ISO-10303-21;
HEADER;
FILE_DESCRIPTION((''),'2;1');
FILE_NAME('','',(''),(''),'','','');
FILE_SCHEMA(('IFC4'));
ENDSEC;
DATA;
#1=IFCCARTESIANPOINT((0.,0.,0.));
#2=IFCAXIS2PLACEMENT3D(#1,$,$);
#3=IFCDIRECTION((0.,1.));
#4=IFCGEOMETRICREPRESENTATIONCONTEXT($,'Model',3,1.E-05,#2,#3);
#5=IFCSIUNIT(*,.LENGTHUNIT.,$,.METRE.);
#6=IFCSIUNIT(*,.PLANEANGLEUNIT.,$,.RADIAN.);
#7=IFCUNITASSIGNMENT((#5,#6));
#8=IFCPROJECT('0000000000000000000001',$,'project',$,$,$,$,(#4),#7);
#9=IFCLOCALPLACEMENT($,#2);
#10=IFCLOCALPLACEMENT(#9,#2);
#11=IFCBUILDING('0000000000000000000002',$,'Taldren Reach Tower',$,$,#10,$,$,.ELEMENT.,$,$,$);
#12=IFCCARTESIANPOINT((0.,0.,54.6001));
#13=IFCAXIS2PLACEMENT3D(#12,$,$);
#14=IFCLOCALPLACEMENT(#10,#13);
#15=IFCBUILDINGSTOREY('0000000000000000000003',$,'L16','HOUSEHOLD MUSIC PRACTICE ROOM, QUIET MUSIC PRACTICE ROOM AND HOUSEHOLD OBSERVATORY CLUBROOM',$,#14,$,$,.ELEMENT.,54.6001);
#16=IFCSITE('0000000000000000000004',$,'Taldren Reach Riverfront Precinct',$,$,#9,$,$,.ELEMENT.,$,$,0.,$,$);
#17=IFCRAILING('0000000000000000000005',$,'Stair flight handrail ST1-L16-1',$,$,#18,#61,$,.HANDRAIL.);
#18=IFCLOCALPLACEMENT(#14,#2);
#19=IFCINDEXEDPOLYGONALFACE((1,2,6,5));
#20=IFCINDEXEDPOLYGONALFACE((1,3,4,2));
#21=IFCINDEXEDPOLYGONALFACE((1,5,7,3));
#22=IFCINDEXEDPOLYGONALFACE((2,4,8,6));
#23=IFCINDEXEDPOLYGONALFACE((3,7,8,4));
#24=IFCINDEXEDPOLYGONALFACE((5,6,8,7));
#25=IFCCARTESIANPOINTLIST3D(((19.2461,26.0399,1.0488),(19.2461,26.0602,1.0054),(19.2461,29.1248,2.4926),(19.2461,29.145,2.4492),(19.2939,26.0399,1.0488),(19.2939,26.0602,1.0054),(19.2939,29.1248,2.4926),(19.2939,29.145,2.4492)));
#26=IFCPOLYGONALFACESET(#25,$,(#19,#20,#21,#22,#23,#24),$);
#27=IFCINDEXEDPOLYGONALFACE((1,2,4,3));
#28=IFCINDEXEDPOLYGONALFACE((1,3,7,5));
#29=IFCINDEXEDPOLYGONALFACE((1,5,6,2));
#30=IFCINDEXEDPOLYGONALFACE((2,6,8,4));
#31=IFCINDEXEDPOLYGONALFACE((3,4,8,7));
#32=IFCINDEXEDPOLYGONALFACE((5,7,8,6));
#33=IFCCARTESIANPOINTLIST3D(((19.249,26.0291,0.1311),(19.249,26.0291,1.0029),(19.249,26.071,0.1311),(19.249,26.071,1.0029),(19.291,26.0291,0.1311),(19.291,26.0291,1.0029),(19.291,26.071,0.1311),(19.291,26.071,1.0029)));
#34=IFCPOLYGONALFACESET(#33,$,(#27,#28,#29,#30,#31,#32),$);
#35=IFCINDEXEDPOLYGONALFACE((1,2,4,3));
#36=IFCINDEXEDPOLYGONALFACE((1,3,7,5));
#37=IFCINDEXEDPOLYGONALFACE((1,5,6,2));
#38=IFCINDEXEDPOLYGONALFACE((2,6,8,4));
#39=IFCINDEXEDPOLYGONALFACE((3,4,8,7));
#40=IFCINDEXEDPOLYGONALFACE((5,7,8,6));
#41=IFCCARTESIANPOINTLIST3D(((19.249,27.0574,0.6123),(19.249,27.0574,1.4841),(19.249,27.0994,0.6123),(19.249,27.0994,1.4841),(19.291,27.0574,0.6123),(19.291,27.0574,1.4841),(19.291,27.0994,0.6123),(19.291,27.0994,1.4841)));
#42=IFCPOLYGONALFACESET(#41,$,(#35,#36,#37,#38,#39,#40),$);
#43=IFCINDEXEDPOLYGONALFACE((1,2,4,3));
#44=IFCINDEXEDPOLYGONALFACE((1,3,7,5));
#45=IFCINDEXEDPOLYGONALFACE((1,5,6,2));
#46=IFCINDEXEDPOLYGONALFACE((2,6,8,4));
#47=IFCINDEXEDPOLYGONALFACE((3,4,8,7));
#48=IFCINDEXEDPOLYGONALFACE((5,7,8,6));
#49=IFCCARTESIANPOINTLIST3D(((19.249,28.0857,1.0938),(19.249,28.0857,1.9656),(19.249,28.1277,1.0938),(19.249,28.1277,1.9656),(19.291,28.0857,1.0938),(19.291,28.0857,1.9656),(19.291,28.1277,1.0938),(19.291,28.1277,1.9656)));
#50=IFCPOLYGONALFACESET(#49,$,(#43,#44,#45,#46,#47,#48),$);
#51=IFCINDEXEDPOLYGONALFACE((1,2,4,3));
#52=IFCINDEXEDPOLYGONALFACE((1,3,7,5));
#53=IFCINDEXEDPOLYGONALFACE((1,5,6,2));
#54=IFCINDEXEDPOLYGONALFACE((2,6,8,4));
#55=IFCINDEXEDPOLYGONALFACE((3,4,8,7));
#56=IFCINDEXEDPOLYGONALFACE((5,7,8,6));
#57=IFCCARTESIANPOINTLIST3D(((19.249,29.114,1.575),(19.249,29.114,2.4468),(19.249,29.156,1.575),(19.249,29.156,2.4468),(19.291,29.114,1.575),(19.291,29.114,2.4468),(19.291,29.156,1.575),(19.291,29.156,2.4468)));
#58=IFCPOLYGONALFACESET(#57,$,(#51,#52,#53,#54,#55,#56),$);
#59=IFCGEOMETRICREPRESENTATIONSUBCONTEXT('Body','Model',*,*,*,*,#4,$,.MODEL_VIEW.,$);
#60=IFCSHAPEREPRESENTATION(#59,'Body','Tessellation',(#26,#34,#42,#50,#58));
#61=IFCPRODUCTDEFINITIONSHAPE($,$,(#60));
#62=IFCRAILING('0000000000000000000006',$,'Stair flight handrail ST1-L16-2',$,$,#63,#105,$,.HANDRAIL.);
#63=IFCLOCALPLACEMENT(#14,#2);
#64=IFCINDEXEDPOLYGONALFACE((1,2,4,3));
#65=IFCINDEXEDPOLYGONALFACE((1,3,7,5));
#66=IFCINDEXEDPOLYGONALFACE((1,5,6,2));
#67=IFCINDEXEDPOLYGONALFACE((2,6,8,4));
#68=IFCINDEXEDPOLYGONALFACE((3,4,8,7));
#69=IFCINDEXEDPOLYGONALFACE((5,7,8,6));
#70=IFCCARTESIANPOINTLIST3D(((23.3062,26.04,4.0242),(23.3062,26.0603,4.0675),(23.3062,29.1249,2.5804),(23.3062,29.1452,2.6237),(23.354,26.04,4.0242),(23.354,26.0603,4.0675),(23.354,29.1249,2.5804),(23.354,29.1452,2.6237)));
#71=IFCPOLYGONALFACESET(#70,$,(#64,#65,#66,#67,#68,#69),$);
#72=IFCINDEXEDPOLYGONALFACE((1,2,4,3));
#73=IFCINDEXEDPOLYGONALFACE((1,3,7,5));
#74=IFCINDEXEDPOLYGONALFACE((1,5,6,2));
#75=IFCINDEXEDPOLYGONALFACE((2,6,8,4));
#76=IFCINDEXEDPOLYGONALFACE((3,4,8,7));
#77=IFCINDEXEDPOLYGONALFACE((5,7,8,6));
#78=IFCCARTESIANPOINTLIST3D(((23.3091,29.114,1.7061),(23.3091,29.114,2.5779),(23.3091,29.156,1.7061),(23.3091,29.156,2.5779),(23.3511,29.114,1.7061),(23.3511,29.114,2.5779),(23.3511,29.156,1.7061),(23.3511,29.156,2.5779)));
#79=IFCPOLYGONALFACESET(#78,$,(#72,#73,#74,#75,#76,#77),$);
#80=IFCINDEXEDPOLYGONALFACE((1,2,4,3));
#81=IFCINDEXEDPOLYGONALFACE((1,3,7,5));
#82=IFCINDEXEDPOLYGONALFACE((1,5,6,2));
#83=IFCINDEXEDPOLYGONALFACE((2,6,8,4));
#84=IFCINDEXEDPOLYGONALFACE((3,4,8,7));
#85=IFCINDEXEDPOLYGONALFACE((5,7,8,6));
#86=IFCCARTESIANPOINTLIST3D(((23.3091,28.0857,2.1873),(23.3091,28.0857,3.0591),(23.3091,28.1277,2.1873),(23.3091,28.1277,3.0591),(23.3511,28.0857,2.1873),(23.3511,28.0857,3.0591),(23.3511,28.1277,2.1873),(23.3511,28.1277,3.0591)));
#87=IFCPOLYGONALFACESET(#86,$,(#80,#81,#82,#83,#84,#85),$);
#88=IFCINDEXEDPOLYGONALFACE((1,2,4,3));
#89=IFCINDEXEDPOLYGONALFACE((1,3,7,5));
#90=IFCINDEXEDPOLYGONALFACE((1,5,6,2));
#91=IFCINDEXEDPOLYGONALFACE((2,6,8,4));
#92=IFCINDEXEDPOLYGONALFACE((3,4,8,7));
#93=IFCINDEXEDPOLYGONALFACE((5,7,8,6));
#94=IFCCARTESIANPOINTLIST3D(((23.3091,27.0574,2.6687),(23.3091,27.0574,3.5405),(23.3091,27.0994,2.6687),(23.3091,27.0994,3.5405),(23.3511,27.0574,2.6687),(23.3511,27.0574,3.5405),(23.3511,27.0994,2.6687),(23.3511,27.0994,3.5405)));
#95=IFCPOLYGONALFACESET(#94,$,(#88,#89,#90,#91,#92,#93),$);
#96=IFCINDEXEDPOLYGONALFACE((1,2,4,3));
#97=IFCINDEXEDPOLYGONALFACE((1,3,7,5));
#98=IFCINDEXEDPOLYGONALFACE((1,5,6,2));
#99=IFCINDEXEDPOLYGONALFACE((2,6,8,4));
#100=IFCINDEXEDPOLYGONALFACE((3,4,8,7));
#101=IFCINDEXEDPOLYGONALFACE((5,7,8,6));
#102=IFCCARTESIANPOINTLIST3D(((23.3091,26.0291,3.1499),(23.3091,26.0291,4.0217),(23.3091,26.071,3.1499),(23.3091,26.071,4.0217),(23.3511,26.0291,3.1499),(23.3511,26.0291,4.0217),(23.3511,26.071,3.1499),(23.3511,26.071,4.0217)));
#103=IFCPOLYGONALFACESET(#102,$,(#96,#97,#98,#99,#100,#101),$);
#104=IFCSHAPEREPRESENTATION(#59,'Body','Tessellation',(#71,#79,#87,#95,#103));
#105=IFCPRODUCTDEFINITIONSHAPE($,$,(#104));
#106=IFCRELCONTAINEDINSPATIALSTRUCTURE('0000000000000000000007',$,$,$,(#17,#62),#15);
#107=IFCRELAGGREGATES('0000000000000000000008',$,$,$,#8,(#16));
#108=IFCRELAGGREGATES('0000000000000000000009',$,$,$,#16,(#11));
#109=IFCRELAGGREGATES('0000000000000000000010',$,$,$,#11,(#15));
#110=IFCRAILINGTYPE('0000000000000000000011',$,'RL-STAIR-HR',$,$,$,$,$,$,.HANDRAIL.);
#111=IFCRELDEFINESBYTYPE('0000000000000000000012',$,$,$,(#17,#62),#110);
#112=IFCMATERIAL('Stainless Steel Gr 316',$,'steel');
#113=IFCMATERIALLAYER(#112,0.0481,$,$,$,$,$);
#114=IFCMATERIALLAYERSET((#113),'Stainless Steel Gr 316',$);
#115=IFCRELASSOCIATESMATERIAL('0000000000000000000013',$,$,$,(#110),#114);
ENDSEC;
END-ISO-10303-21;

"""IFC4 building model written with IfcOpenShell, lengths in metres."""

from ifc_helpers import new_model, si_unit, direction, frame, origin, origin_2d, place, context, subcontext, project, spatial, rectangle, extrude, material, layer, layer_set, type_object, element, save


model = new_model("IFC4")

# Units and contexts
model_context = context("Model", 3, precision=1e-05, world=origin(), true_north=direction((0.0, 1.0)))
body_context = subcontext(model_context, "Body", "Model", "MODEL_VIEW")
ifc_project = project(units=[si_unit("LENGTHUNIT", "METRE"), si_unit("PLANEANGLEUNIT", "RADIAN")], contexts=[model_context])

# Site, building, storey
site_placement = place(None, origin())
site = spatial("IfcSite", under=ifc_project, at=site_placement, Name="Taldren Reach Riverfront Precinct", CompositionType="ELEMENT", RefElevation=0.0)
building_placement = place(site_placement, origin())
building = spatial("IfcBuilding", under=site, at=building_placement, Name="Taldren Reach Tower", CompositionType="ELEMENT")
storey_placement = place(building_placement, frame((0.0, 0.0, 54.6001)))
storey = spatial("IfcBuildingStorey", under=building, at=storey_placement, Name="L16", Description="HOUSEHOLD MUSIC PRACTICE ROOM, QUIET MUSIC PRACTICE ROOM AND HOUSEHOLD OBSERVATORY CLUBROOM", CompositionType="ELEMENT", Elevation=54.6001)

# Railings
ifc_material_1 = material(Name="Stainless Steel Gr 316", Category="steel")
ifc_layer_1 = layer(ifc_material_1, 0.0481)
ifc_layer_set_1 = layer_set([ifc_layer_1], Name="Stainless Steel Gr 316")
railing_type_1 = type_object("IfcRailingType", Name="RL-STAIR-HR", PredefinedType="HANDRAIL", material=ifc_layer_set_1)
railing_1_placement = place(storey_placement, frame((19.27, 26.05, 0.1311)))
element("IfcRailing", 1, at=railing_1_placement, inside=storey, type_object=railing_type_1, Name="Stair flight handrail ST1-L16-1", PredefinedType="HANDRAIL", context=body_context, shape_type="SweptSolid", body=[
    extrude(rectangle(XDim=0.0479, YDim=0.0479, at=origin_2d()), frame((0.0, 0.0, 0.896), z_axis=(0.0, 0.90571, 0.423898), x_axis=(-1.0, 0.0, 0.0)), (0.0, 0.0, 1.0), 3.406),
    extrude(rectangle(XDim=0.042, YDim=0.042, at=origin_2d()), origin(), (0.0, 0.0, 1.0), 0.8718),
    extrude(rectangle(XDim=0.042, YDim=0.042, at=origin_2d()), frame((0.0, 1.0283, 0.4812)), (0.0, 0.0, 1.0), 0.8718),
    extrude(rectangle(XDim=0.042, YDim=0.042, at=origin_2d()), frame((0.0, 2.0566, 0.9626)), (0.0, 0.0, 1.0), 0.8718),
    extrude(rectangle(XDim=0.042, YDim=0.042, at=origin_2d()), frame((0.0, 3.085, 1.4438)), (0.0, 0.0, 1.0), 0.8718),
])
railing_2_placement = place(storey_placement, frame((23.3301, 29.135, 1.7061)))
element("IfcRailing", 2, at=railing_2_placement, inside=storey, type_object=railing_type_1, Name="Stair flight handrail ST1-L16-2", PredefinedType="HANDRAIL", context=body_context, shape_type="SweptSolid", body=[
    extrude(rectangle(XDim=0.0479, YDim=0.0479, at=origin_2d()), frame((0.0, 0.0, 0.896), z_axis=(0.0, -0.90571, 0.423898), x_axis=(1.0, 0.0, 0.0)), (0.0, 0.0, 1.0), 3.406),
    extrude(rectangle(XDim=0.042, YDim=0.042, at=origin_2d()), origin(), (0.0, 0.0, 1.0), 0.8718),
    extrude(rectangle(XDim=0.042, YDim=0.042, at=origin_2d()), frame((0.0, -1.0283, 0.4812)), (0.0, 0.0, 1.0), 0.8718),
    extrude(rectangle(XDim=0.042, YDim=0.042, at=origin_2d()), frame((0.0, -2.0566, 0.9626)), (0.0, 0.0, 1.0), 0.8718),
    extrude(rectangle(XDim=0.042, YDim=0.042, at=origin_2d()), frame((0.0, -3.085, 1.4438)), (0.0, 0.0, 1.0), 0.8718),
])

save(model, "model.ifc")
